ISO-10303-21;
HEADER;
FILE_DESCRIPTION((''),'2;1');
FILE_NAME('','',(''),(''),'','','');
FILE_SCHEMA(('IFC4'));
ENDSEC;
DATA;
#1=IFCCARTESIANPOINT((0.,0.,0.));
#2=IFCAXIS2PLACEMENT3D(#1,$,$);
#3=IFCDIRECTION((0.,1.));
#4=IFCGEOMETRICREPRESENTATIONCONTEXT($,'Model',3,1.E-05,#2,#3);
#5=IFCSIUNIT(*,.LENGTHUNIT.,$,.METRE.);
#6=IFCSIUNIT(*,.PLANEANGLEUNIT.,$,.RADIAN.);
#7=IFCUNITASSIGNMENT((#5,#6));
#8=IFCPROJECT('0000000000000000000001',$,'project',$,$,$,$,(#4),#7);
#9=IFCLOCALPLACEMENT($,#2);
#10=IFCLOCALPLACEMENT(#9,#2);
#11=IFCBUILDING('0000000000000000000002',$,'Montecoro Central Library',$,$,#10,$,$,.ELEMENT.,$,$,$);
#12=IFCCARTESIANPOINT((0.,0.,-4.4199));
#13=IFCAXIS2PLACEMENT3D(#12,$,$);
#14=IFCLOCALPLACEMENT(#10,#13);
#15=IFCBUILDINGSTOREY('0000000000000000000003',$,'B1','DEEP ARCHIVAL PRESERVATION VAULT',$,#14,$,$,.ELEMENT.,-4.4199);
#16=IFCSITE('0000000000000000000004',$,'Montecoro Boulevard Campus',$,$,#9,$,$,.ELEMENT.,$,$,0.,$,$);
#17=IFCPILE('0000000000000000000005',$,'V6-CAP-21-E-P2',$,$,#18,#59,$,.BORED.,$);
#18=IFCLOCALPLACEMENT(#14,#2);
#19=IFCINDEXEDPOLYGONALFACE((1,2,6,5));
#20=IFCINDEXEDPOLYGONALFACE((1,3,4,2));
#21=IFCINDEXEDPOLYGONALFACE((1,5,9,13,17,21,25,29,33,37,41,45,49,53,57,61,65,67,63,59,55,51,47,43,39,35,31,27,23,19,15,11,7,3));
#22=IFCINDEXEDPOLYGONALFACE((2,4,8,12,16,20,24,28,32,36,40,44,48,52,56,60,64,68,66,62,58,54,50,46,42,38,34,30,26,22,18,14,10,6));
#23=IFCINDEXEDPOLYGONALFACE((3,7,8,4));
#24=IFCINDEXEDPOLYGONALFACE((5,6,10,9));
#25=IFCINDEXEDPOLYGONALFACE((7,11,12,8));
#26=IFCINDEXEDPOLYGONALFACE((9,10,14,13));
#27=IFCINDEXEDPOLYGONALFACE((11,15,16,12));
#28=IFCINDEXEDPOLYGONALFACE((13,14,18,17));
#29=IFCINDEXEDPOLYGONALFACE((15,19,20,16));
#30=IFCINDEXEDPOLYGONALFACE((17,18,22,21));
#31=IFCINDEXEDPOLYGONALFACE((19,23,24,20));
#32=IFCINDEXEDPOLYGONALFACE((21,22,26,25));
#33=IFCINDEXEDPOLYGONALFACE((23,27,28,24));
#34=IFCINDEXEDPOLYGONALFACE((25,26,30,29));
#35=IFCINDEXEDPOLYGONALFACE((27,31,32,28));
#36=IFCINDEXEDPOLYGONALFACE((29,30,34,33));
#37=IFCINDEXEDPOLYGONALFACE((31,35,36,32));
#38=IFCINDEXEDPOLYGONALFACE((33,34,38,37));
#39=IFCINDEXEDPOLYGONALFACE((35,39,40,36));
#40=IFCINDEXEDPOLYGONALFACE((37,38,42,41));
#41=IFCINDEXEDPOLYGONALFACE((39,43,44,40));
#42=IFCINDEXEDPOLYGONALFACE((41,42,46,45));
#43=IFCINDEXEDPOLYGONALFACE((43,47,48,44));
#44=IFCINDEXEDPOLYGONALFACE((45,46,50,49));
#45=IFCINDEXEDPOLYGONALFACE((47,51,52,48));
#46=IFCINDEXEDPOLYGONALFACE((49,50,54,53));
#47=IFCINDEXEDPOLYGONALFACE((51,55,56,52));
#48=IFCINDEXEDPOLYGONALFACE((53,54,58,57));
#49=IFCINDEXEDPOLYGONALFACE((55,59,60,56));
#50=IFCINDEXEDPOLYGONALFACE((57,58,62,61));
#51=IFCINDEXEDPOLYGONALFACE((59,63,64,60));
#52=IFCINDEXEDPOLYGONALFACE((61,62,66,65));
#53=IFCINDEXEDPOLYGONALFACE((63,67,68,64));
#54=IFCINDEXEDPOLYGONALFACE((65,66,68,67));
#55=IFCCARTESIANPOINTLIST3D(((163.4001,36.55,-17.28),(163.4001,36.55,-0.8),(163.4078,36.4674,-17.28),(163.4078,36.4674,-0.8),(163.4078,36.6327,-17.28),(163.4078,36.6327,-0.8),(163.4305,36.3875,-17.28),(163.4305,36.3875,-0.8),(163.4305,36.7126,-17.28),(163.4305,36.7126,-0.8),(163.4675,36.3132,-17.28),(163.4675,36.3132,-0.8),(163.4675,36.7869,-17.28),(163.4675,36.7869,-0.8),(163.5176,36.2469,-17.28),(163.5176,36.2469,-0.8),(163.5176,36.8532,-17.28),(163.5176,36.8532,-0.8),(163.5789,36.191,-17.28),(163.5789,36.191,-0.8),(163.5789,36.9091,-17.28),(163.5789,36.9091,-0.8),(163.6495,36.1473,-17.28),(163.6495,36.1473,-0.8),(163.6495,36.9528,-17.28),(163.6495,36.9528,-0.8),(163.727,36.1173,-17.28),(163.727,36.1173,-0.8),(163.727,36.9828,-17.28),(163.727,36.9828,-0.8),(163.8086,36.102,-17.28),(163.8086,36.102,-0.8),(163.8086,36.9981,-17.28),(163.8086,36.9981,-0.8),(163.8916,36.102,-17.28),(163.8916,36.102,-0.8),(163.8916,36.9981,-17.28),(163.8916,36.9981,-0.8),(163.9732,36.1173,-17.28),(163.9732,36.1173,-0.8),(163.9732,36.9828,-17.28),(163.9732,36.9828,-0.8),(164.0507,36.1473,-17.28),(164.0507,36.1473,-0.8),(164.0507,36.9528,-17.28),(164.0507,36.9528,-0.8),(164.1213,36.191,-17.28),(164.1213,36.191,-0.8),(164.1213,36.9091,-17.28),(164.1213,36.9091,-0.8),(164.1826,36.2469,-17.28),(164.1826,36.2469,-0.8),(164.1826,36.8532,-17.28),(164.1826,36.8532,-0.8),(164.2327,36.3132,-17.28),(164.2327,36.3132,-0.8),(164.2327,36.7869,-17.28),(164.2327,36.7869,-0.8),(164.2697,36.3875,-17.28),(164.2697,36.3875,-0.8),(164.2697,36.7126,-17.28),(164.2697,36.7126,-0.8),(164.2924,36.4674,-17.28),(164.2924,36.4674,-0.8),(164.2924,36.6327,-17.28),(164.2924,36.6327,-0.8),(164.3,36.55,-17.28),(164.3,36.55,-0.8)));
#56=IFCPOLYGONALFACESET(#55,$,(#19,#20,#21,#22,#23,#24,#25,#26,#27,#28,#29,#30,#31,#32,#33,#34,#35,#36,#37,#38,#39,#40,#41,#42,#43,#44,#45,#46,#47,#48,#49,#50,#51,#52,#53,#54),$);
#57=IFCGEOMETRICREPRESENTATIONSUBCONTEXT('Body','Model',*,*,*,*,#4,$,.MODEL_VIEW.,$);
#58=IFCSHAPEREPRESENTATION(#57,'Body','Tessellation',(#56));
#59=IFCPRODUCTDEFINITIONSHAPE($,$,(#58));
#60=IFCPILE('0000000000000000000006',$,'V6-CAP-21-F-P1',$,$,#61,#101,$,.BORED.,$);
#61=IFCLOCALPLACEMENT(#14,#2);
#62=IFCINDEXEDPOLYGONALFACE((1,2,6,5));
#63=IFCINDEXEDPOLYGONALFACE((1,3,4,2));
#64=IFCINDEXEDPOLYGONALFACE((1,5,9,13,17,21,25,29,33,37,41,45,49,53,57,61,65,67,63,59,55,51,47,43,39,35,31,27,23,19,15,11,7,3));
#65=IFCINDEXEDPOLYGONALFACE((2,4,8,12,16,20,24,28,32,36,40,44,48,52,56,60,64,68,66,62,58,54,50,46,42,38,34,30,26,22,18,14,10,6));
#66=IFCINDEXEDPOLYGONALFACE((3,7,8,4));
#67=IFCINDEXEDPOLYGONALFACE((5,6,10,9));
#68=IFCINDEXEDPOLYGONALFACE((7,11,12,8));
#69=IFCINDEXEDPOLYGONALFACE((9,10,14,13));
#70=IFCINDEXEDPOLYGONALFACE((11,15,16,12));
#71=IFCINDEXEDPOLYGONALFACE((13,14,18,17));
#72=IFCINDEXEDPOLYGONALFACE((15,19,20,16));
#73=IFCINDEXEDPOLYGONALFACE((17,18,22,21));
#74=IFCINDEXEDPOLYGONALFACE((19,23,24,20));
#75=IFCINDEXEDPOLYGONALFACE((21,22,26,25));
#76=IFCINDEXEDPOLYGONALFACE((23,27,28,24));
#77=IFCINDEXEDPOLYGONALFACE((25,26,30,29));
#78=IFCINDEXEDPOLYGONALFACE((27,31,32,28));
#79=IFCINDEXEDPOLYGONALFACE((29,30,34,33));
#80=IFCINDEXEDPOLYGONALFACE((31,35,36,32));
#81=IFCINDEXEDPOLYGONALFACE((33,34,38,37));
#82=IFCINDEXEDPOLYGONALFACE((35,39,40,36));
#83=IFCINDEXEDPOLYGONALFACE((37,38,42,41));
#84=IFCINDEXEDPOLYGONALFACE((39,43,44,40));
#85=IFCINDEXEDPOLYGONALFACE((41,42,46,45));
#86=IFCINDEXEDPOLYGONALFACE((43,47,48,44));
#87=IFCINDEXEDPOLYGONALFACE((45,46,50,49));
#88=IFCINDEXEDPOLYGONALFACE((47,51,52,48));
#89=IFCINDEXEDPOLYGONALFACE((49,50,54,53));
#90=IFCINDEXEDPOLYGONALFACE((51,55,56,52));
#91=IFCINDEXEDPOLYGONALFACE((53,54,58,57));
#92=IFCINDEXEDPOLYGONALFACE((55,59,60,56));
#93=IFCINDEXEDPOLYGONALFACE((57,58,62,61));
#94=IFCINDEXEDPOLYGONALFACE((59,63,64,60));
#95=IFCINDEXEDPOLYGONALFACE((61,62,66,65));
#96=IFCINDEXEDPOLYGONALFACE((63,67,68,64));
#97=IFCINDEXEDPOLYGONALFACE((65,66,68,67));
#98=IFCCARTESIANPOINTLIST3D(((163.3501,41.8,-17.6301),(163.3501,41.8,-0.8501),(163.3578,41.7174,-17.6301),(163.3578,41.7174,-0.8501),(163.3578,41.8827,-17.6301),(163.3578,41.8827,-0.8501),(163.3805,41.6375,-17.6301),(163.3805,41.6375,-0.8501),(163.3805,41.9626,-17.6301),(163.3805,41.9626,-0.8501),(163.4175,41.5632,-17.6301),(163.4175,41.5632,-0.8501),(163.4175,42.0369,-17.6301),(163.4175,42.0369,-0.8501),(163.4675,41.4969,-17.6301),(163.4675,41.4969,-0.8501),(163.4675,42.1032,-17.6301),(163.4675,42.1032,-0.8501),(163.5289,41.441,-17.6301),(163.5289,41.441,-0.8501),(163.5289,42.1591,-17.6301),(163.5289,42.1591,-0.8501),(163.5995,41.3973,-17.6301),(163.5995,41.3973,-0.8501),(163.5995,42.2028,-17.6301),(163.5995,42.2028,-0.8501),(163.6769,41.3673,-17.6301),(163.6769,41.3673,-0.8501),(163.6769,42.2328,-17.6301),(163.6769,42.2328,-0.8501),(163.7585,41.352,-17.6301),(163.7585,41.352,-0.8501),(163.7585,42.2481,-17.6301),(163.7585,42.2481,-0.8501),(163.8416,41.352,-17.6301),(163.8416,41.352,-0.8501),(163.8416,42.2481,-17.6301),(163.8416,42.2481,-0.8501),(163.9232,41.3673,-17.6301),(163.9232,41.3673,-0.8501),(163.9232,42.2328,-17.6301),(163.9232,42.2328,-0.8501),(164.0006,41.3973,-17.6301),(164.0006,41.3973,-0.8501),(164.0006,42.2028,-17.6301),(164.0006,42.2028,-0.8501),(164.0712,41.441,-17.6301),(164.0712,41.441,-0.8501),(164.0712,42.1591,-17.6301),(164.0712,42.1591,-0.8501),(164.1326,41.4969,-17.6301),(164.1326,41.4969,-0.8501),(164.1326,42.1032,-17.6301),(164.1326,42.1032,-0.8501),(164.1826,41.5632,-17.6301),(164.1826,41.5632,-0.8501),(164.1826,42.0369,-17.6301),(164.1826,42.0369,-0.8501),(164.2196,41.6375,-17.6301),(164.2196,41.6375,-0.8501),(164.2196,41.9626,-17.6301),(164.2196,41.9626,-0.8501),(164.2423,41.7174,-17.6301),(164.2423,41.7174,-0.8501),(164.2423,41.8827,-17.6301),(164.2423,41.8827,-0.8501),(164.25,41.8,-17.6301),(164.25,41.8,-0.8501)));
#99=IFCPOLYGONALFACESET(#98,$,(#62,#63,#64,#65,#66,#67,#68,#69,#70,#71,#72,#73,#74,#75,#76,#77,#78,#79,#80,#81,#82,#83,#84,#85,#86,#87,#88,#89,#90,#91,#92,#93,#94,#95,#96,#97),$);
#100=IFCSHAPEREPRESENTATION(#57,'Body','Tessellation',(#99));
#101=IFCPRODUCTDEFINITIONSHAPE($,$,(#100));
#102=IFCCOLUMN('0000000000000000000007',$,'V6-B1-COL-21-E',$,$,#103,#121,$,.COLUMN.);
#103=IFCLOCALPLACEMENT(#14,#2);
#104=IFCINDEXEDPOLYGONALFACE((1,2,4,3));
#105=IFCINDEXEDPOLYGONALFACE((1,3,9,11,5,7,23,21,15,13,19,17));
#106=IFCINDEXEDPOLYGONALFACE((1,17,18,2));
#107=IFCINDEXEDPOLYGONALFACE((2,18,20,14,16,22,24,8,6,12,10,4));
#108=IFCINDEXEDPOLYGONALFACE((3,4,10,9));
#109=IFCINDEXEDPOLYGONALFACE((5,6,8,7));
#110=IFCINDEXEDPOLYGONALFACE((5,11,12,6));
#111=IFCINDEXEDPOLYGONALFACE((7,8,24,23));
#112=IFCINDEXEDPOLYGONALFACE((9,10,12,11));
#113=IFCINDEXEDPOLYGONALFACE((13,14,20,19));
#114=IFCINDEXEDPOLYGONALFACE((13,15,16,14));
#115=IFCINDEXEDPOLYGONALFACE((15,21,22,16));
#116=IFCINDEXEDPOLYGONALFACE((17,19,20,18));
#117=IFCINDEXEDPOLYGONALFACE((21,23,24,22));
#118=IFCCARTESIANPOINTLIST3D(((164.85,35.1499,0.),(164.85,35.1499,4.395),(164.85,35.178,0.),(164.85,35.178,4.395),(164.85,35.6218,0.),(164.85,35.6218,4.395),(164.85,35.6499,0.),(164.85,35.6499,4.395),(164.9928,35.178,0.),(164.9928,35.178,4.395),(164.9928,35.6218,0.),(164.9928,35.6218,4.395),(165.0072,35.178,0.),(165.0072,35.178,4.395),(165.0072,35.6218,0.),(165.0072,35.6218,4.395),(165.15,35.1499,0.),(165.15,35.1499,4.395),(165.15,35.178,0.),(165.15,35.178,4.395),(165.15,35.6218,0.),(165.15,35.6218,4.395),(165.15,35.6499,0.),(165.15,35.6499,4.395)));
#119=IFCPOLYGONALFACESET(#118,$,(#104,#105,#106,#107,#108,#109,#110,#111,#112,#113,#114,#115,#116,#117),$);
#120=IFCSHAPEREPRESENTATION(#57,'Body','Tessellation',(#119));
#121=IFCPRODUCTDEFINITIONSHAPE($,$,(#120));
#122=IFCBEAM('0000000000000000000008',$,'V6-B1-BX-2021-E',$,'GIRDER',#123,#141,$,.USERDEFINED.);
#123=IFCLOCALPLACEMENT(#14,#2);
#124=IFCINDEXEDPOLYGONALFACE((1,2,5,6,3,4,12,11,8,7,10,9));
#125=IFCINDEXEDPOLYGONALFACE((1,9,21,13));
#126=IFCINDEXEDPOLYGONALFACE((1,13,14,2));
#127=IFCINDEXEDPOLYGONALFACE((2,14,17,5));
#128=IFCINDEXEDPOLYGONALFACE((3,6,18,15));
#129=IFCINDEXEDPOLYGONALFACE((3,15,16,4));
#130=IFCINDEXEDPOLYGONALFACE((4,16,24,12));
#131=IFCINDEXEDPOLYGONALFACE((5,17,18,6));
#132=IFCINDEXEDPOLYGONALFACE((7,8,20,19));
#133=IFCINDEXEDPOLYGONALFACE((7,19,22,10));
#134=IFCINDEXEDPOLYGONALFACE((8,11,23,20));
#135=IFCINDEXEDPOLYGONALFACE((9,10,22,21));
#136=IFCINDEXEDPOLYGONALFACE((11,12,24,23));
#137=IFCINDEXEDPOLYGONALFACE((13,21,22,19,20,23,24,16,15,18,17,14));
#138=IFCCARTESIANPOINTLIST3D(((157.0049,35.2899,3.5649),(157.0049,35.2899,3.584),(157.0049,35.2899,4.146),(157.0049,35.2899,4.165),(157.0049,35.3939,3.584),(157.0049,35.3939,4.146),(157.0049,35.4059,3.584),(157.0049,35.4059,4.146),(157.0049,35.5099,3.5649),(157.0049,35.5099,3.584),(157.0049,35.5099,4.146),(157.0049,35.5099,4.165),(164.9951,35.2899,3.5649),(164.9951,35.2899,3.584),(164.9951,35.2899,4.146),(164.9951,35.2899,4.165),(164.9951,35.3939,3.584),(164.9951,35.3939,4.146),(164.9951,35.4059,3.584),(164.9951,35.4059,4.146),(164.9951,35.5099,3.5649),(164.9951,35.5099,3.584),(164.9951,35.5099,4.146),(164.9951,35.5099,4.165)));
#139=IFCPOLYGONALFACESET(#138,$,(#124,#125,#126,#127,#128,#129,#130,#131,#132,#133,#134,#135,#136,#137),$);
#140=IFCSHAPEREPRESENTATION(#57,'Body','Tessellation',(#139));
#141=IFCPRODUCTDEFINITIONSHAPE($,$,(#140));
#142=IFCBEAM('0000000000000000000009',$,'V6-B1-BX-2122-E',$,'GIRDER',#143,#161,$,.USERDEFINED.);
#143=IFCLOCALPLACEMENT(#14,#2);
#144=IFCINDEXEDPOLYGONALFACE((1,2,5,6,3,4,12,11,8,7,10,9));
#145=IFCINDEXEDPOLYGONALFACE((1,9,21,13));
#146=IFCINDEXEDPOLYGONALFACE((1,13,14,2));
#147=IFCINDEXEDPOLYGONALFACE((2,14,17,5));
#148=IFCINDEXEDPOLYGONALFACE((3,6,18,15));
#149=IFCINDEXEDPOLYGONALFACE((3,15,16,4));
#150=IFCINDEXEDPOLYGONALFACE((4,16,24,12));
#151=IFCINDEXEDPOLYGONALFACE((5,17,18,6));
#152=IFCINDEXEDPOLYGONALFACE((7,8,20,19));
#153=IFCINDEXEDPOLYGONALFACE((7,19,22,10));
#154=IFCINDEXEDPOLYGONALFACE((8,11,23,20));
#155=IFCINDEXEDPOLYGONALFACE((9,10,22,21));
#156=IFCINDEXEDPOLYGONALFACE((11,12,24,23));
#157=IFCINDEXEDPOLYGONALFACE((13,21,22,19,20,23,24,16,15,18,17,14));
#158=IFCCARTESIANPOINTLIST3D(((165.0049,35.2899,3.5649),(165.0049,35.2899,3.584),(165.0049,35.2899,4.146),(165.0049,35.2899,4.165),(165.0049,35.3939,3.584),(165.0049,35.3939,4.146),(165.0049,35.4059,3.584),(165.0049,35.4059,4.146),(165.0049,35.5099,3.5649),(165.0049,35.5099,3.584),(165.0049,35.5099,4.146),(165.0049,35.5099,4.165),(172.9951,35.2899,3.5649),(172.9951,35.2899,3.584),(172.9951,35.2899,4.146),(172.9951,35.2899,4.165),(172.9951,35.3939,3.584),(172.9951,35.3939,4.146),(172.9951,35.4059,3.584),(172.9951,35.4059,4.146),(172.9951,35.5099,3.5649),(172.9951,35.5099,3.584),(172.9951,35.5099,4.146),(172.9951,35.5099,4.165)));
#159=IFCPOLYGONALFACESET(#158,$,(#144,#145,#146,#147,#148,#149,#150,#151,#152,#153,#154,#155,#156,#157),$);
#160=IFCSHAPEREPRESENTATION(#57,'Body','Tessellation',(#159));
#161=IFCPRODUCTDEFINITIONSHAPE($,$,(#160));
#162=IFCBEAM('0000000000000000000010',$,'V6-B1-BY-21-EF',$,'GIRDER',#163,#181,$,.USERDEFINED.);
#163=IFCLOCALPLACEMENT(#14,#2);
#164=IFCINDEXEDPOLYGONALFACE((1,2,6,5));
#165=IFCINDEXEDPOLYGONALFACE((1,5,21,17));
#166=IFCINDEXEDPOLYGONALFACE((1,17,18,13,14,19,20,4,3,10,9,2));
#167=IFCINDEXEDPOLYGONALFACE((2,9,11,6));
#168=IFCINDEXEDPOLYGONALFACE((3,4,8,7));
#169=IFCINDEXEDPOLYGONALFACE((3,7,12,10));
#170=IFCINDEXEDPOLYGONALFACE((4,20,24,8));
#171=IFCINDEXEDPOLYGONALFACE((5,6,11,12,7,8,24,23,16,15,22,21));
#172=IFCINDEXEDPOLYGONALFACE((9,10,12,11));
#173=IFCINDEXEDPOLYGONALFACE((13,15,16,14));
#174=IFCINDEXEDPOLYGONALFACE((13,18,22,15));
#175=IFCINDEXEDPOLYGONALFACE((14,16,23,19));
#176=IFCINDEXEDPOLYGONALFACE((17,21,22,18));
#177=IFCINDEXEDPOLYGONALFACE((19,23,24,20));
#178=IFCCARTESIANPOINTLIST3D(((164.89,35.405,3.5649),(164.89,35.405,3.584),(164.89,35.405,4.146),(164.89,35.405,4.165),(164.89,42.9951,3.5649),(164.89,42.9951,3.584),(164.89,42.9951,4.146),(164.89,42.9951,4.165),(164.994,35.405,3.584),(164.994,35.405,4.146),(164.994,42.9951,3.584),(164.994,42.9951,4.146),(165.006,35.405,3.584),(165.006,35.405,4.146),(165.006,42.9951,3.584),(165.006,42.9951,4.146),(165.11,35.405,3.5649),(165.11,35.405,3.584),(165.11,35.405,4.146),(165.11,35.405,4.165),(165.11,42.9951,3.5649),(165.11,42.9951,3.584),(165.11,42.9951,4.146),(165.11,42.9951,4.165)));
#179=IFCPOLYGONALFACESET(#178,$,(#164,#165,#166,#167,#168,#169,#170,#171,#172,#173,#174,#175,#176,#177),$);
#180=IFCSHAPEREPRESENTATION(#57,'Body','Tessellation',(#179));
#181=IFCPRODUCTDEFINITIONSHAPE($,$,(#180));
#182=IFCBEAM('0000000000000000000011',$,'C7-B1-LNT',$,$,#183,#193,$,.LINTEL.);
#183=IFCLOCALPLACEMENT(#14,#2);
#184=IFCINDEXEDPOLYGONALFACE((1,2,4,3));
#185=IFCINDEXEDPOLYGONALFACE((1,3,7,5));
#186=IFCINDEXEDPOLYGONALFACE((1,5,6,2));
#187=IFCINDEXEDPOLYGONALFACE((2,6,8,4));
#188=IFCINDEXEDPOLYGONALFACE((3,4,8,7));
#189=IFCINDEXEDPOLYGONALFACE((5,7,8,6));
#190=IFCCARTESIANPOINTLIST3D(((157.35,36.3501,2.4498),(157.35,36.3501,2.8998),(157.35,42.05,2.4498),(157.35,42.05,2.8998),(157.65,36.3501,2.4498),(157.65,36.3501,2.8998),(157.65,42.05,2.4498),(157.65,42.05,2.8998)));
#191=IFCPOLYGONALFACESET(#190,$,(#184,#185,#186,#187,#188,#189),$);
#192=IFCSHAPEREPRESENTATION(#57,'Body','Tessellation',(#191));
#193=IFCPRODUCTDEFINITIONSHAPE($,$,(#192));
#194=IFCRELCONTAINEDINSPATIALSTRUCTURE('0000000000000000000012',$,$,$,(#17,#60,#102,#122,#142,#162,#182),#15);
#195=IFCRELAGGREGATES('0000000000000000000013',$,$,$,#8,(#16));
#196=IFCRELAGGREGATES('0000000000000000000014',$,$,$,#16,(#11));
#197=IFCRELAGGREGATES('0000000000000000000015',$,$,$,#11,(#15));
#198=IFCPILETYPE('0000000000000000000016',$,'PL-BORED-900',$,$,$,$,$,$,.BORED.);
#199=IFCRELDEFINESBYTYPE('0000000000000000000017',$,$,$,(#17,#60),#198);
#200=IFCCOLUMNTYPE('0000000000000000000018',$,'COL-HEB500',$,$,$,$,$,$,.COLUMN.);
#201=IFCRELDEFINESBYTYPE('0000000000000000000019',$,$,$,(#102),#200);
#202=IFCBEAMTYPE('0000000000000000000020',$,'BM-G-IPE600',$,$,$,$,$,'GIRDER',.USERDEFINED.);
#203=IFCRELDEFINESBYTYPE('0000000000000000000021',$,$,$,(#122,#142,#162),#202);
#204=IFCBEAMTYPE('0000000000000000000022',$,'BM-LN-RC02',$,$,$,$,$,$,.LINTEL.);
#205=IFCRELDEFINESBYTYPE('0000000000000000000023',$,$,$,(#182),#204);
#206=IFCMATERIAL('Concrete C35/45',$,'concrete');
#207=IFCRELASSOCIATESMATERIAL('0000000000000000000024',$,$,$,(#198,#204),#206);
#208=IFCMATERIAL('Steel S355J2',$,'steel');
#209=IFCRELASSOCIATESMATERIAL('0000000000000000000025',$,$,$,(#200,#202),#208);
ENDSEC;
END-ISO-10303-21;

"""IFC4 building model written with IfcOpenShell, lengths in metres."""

from ifc_helpers import new_model, si_unit, direction, frame, origin, origin_2d, place, context, subcontext, project, spatial, rectangle, circle, i_section, extrude, material, material_profile, profile_set, type_object, element, save


model = new_model("IFC4")

# Units and contexts
model_context = context("Model", 3, precision=1e-05, world=origin(), true_north=direction((0.0, 1.0)))
body_context = subcontext(model_context, "Body", "Model", "MODEL_VIEW")
ifc_project = project(units=[si_unit("LENGTHUNIT", "METRE"), si_unit("PLANEANGLEUNIT", "RADIAN")], contexts=[model_context])

# Site, building, storey
site_placement = place(None, origin())
site = spatial("IfcSite", under=ifc_project, at=site_placement, Name="Montecoro Boulevard Campus", CompositionType="ELEMENT", RefElevation=0.0)
building_placement = place(site_placement, origin())
building = spatial("IfcBuilding", under=site, at=building_placement, Name="Montecoro Central Library", CompositionType="ELEMENT")
storey_placement = place(building_placement, frame((0.0, 0.0, -4.4199)))
storey = spatial("IfcBuildingStorey", under=building, at=storey_placement, Name="B1", Description="DEEP ARCHIVAL PRESERVATION VAULT", CompositionType="ELEMENT", Elevation=-4.4199)

# Shared definitions
ifc_material_1 = material(Name="Concrete C35/45", Category="concrete")

# Piles
ifc_material_profile_1 = material_profile(ifc_material_1, circle(Radius=0.45, at=origin_2d()), Name="PILE D900")
ifc_profile_set_1 = profile_set([ifc_material_profile_1], Name="Concrete C35/45")
pile_type_1 = type_object("IfcPileType", Name="PL-BORED-900", PredefinedType="BORED", material=ifc_profile_set_1)
for number, where, z_axis, x_axis, name in (
    (1, (163.8501, 36.55, -0.8), (0.0, 0.0, -1.0), (1.0, 0.0, 0.0), "V6-CAP-21-E-P2"),
):
    element("IfcPile", number, at=place(storey_placement, frame(where, z_axis=z_axis, x_axis=x_axis)), inside=storey, type_object=pile_type_1, Name=name, PredefinedType="BORED", context=body_context, shape_type="SweptSolid", body=[
        extrude(circle(Radius=0.45, at=origin_2d()), origin(), (0.0, 0.0, 1.0), 16.48),
    ])
pile_1_placement = place(storey_placement, frame((163.8, 41.8, -0.8501), z_axis=(0.0, 0.0, -1.0), x_axis=(1.0, 0.0, 0.0)))
element("IfcPile", 2, at=pile_1_placement, inside=storey, type_object=pile_type_1, Name="V6-CAP-21-F-P1", PredefinedType="BORED", context=body_context, shape_type="SweptSolid", body=[
    extrude(circle(Radius=0.45, at=origin_2d()), origin(), (0.0, 0.0, 1.0), 16.78),
])

# Column
ifc_material_2 = material(Name="Steel S355J2", Category="steel")
ifc_material_profile_2 = material_profile(ifc_material_2, i_section(OverallWidth=0.3, OverallDepth=0.5, WebThickness=0.0144, FlangeThickness=0.0281, at=origin_2d()), Name="HEB 500")
ifc_profile_set_2 = profile_set([ifc_material_profile_2], Name="Steel S355J2")
column_type = type_object("IfcColumnType", Name="COL-HEB500", PredefinedType="COLUMN", material=ifc_profile_set_2)
column_placement = place(storey_placement, frame((165.0, 35.3999, 0.0), z_axis=(0.0, 0.0, 1.0), x_axis=(1.0, 0.0, 0.0)))
element("IfcColumn", 3, at=column_placement, inside=storey, type_object=column_type, Name="V6-B1-COL-21-E", PredefinedType="COLUMN", context=body_context, shape_type="SweptSolid", body=[
    extrude(i_section(OverallWidth=0.3, OverallDepth=0.5, WebThickness=0.0144, FlangeThickness=0.0281, at=origin_2d()), origin(), (0.0, 0.0, 1.0), 4.395),
])

# Beams
ifc_material_profile_3 = material_profile(ifc_material_2, i_section(OverallWidth=0.22, OverallDepth=0.6001, WebThickness=0.012, FlangeThickness=0.019, at=origin_2d()), Name="IPE 600")
ifc_profile_set_3 = profile_set([ifc_material_profile_3], Name="Steel S355J2")
beam_type_1 = type_object("IfcBeamType", Name="BM-G-IPE600", ElementType="GIRDER", PredefinedType="USERDEFINED", material=ifc_profile_set_3)
for number, where, z_axis, x_axis, name in (
    (4, (157.0049, 35.3999, 3.865), (1.0, 0.0, 0.0), (0.0, 1.0, 0.0), "V6-B1-BX-2021-E"),
    (5, (165.0049, 35.3999, 3.865), (1.0, 0.0, 0.0), (0.0, 1.0, 0.0), "V6-B1-BX-2122-E"),
):
    element("IfcBeam", number, at=place(storey_placement, frame(where, z_axis=z_axis, x_axis=x_axis)), inside=storey, type_object=beam_type_1, Name=name, ObjectType="GIRDER", PredefinedType="USERDEFINED", context=body_context, shape_type="SweptSolid", body=[
        extrude(i_section(OverallWidth=0.22, OverallDepth=0.6001, WebThickness=0.012, FlangeThickness=0.019, at=origin_2d()), origin(), (0.0, 0.0, 1.0), 7.9902),
    ])
beam_1_placement = place(storey_placement, frame((165.0, 35.405, 3.865), z_axis=(0.0, 1.0, 0.0), x_axis=(-1.0, 0.0, 0.0)))
element("IfcBeam", 6, at=beam_1_placement, inside=storey, type_object=beam_type_1, Name="V6-B1-BY-21-EF", ObjectType="GIRDER", PredefinedType="USERDEFINED", context=body_context, shape_type="SweptSolid", body=[
    extrude(i_section(OverallWidth=0.22, OverallDepth=0.6001, WebThickness=0.012, FlangeThickness=0.019, at=origin_2d()), origin(), (0.0, 0.0, 1.0), 7.5901),
])
ifc_material_profile_4 = material_profile(ifc_material_1, rectangle(XDim=0.3, YDim=0.45, at=origin_2d()), Name="RC LNT 450x300")
ifc_profile_set_4 = profile_set([ifc_material_profile_4], Name="Concrete C35/45")
beam_type_2 = type_object("IfcBeamType", Name="BM-LN-RC02", PredefinedType="LINTEL", material=ifc_profile_set_4)
beam_2_placement = place(storey_placement, frame((157.5, 36.3501, 2.6748), z_axis=(0.0, 1.0, 0.0), x_axis=(-1.0, 0.0, 0.0)))
element("IfcBeam", 7, at=beam_2_placement, inside=storey, type_object=beam_type_2, Name="C7-B1-LNT", PredefinedType="LINTEL", context=body_context, shape_type="SweptSolid", body=[
    extrude(rectangle(XDim=0.3, YDim=0.45, at=origin_2d()), origin(), (0.0, 0.0, 1.0), 5.7),
])

save(model, "model.ifc")
